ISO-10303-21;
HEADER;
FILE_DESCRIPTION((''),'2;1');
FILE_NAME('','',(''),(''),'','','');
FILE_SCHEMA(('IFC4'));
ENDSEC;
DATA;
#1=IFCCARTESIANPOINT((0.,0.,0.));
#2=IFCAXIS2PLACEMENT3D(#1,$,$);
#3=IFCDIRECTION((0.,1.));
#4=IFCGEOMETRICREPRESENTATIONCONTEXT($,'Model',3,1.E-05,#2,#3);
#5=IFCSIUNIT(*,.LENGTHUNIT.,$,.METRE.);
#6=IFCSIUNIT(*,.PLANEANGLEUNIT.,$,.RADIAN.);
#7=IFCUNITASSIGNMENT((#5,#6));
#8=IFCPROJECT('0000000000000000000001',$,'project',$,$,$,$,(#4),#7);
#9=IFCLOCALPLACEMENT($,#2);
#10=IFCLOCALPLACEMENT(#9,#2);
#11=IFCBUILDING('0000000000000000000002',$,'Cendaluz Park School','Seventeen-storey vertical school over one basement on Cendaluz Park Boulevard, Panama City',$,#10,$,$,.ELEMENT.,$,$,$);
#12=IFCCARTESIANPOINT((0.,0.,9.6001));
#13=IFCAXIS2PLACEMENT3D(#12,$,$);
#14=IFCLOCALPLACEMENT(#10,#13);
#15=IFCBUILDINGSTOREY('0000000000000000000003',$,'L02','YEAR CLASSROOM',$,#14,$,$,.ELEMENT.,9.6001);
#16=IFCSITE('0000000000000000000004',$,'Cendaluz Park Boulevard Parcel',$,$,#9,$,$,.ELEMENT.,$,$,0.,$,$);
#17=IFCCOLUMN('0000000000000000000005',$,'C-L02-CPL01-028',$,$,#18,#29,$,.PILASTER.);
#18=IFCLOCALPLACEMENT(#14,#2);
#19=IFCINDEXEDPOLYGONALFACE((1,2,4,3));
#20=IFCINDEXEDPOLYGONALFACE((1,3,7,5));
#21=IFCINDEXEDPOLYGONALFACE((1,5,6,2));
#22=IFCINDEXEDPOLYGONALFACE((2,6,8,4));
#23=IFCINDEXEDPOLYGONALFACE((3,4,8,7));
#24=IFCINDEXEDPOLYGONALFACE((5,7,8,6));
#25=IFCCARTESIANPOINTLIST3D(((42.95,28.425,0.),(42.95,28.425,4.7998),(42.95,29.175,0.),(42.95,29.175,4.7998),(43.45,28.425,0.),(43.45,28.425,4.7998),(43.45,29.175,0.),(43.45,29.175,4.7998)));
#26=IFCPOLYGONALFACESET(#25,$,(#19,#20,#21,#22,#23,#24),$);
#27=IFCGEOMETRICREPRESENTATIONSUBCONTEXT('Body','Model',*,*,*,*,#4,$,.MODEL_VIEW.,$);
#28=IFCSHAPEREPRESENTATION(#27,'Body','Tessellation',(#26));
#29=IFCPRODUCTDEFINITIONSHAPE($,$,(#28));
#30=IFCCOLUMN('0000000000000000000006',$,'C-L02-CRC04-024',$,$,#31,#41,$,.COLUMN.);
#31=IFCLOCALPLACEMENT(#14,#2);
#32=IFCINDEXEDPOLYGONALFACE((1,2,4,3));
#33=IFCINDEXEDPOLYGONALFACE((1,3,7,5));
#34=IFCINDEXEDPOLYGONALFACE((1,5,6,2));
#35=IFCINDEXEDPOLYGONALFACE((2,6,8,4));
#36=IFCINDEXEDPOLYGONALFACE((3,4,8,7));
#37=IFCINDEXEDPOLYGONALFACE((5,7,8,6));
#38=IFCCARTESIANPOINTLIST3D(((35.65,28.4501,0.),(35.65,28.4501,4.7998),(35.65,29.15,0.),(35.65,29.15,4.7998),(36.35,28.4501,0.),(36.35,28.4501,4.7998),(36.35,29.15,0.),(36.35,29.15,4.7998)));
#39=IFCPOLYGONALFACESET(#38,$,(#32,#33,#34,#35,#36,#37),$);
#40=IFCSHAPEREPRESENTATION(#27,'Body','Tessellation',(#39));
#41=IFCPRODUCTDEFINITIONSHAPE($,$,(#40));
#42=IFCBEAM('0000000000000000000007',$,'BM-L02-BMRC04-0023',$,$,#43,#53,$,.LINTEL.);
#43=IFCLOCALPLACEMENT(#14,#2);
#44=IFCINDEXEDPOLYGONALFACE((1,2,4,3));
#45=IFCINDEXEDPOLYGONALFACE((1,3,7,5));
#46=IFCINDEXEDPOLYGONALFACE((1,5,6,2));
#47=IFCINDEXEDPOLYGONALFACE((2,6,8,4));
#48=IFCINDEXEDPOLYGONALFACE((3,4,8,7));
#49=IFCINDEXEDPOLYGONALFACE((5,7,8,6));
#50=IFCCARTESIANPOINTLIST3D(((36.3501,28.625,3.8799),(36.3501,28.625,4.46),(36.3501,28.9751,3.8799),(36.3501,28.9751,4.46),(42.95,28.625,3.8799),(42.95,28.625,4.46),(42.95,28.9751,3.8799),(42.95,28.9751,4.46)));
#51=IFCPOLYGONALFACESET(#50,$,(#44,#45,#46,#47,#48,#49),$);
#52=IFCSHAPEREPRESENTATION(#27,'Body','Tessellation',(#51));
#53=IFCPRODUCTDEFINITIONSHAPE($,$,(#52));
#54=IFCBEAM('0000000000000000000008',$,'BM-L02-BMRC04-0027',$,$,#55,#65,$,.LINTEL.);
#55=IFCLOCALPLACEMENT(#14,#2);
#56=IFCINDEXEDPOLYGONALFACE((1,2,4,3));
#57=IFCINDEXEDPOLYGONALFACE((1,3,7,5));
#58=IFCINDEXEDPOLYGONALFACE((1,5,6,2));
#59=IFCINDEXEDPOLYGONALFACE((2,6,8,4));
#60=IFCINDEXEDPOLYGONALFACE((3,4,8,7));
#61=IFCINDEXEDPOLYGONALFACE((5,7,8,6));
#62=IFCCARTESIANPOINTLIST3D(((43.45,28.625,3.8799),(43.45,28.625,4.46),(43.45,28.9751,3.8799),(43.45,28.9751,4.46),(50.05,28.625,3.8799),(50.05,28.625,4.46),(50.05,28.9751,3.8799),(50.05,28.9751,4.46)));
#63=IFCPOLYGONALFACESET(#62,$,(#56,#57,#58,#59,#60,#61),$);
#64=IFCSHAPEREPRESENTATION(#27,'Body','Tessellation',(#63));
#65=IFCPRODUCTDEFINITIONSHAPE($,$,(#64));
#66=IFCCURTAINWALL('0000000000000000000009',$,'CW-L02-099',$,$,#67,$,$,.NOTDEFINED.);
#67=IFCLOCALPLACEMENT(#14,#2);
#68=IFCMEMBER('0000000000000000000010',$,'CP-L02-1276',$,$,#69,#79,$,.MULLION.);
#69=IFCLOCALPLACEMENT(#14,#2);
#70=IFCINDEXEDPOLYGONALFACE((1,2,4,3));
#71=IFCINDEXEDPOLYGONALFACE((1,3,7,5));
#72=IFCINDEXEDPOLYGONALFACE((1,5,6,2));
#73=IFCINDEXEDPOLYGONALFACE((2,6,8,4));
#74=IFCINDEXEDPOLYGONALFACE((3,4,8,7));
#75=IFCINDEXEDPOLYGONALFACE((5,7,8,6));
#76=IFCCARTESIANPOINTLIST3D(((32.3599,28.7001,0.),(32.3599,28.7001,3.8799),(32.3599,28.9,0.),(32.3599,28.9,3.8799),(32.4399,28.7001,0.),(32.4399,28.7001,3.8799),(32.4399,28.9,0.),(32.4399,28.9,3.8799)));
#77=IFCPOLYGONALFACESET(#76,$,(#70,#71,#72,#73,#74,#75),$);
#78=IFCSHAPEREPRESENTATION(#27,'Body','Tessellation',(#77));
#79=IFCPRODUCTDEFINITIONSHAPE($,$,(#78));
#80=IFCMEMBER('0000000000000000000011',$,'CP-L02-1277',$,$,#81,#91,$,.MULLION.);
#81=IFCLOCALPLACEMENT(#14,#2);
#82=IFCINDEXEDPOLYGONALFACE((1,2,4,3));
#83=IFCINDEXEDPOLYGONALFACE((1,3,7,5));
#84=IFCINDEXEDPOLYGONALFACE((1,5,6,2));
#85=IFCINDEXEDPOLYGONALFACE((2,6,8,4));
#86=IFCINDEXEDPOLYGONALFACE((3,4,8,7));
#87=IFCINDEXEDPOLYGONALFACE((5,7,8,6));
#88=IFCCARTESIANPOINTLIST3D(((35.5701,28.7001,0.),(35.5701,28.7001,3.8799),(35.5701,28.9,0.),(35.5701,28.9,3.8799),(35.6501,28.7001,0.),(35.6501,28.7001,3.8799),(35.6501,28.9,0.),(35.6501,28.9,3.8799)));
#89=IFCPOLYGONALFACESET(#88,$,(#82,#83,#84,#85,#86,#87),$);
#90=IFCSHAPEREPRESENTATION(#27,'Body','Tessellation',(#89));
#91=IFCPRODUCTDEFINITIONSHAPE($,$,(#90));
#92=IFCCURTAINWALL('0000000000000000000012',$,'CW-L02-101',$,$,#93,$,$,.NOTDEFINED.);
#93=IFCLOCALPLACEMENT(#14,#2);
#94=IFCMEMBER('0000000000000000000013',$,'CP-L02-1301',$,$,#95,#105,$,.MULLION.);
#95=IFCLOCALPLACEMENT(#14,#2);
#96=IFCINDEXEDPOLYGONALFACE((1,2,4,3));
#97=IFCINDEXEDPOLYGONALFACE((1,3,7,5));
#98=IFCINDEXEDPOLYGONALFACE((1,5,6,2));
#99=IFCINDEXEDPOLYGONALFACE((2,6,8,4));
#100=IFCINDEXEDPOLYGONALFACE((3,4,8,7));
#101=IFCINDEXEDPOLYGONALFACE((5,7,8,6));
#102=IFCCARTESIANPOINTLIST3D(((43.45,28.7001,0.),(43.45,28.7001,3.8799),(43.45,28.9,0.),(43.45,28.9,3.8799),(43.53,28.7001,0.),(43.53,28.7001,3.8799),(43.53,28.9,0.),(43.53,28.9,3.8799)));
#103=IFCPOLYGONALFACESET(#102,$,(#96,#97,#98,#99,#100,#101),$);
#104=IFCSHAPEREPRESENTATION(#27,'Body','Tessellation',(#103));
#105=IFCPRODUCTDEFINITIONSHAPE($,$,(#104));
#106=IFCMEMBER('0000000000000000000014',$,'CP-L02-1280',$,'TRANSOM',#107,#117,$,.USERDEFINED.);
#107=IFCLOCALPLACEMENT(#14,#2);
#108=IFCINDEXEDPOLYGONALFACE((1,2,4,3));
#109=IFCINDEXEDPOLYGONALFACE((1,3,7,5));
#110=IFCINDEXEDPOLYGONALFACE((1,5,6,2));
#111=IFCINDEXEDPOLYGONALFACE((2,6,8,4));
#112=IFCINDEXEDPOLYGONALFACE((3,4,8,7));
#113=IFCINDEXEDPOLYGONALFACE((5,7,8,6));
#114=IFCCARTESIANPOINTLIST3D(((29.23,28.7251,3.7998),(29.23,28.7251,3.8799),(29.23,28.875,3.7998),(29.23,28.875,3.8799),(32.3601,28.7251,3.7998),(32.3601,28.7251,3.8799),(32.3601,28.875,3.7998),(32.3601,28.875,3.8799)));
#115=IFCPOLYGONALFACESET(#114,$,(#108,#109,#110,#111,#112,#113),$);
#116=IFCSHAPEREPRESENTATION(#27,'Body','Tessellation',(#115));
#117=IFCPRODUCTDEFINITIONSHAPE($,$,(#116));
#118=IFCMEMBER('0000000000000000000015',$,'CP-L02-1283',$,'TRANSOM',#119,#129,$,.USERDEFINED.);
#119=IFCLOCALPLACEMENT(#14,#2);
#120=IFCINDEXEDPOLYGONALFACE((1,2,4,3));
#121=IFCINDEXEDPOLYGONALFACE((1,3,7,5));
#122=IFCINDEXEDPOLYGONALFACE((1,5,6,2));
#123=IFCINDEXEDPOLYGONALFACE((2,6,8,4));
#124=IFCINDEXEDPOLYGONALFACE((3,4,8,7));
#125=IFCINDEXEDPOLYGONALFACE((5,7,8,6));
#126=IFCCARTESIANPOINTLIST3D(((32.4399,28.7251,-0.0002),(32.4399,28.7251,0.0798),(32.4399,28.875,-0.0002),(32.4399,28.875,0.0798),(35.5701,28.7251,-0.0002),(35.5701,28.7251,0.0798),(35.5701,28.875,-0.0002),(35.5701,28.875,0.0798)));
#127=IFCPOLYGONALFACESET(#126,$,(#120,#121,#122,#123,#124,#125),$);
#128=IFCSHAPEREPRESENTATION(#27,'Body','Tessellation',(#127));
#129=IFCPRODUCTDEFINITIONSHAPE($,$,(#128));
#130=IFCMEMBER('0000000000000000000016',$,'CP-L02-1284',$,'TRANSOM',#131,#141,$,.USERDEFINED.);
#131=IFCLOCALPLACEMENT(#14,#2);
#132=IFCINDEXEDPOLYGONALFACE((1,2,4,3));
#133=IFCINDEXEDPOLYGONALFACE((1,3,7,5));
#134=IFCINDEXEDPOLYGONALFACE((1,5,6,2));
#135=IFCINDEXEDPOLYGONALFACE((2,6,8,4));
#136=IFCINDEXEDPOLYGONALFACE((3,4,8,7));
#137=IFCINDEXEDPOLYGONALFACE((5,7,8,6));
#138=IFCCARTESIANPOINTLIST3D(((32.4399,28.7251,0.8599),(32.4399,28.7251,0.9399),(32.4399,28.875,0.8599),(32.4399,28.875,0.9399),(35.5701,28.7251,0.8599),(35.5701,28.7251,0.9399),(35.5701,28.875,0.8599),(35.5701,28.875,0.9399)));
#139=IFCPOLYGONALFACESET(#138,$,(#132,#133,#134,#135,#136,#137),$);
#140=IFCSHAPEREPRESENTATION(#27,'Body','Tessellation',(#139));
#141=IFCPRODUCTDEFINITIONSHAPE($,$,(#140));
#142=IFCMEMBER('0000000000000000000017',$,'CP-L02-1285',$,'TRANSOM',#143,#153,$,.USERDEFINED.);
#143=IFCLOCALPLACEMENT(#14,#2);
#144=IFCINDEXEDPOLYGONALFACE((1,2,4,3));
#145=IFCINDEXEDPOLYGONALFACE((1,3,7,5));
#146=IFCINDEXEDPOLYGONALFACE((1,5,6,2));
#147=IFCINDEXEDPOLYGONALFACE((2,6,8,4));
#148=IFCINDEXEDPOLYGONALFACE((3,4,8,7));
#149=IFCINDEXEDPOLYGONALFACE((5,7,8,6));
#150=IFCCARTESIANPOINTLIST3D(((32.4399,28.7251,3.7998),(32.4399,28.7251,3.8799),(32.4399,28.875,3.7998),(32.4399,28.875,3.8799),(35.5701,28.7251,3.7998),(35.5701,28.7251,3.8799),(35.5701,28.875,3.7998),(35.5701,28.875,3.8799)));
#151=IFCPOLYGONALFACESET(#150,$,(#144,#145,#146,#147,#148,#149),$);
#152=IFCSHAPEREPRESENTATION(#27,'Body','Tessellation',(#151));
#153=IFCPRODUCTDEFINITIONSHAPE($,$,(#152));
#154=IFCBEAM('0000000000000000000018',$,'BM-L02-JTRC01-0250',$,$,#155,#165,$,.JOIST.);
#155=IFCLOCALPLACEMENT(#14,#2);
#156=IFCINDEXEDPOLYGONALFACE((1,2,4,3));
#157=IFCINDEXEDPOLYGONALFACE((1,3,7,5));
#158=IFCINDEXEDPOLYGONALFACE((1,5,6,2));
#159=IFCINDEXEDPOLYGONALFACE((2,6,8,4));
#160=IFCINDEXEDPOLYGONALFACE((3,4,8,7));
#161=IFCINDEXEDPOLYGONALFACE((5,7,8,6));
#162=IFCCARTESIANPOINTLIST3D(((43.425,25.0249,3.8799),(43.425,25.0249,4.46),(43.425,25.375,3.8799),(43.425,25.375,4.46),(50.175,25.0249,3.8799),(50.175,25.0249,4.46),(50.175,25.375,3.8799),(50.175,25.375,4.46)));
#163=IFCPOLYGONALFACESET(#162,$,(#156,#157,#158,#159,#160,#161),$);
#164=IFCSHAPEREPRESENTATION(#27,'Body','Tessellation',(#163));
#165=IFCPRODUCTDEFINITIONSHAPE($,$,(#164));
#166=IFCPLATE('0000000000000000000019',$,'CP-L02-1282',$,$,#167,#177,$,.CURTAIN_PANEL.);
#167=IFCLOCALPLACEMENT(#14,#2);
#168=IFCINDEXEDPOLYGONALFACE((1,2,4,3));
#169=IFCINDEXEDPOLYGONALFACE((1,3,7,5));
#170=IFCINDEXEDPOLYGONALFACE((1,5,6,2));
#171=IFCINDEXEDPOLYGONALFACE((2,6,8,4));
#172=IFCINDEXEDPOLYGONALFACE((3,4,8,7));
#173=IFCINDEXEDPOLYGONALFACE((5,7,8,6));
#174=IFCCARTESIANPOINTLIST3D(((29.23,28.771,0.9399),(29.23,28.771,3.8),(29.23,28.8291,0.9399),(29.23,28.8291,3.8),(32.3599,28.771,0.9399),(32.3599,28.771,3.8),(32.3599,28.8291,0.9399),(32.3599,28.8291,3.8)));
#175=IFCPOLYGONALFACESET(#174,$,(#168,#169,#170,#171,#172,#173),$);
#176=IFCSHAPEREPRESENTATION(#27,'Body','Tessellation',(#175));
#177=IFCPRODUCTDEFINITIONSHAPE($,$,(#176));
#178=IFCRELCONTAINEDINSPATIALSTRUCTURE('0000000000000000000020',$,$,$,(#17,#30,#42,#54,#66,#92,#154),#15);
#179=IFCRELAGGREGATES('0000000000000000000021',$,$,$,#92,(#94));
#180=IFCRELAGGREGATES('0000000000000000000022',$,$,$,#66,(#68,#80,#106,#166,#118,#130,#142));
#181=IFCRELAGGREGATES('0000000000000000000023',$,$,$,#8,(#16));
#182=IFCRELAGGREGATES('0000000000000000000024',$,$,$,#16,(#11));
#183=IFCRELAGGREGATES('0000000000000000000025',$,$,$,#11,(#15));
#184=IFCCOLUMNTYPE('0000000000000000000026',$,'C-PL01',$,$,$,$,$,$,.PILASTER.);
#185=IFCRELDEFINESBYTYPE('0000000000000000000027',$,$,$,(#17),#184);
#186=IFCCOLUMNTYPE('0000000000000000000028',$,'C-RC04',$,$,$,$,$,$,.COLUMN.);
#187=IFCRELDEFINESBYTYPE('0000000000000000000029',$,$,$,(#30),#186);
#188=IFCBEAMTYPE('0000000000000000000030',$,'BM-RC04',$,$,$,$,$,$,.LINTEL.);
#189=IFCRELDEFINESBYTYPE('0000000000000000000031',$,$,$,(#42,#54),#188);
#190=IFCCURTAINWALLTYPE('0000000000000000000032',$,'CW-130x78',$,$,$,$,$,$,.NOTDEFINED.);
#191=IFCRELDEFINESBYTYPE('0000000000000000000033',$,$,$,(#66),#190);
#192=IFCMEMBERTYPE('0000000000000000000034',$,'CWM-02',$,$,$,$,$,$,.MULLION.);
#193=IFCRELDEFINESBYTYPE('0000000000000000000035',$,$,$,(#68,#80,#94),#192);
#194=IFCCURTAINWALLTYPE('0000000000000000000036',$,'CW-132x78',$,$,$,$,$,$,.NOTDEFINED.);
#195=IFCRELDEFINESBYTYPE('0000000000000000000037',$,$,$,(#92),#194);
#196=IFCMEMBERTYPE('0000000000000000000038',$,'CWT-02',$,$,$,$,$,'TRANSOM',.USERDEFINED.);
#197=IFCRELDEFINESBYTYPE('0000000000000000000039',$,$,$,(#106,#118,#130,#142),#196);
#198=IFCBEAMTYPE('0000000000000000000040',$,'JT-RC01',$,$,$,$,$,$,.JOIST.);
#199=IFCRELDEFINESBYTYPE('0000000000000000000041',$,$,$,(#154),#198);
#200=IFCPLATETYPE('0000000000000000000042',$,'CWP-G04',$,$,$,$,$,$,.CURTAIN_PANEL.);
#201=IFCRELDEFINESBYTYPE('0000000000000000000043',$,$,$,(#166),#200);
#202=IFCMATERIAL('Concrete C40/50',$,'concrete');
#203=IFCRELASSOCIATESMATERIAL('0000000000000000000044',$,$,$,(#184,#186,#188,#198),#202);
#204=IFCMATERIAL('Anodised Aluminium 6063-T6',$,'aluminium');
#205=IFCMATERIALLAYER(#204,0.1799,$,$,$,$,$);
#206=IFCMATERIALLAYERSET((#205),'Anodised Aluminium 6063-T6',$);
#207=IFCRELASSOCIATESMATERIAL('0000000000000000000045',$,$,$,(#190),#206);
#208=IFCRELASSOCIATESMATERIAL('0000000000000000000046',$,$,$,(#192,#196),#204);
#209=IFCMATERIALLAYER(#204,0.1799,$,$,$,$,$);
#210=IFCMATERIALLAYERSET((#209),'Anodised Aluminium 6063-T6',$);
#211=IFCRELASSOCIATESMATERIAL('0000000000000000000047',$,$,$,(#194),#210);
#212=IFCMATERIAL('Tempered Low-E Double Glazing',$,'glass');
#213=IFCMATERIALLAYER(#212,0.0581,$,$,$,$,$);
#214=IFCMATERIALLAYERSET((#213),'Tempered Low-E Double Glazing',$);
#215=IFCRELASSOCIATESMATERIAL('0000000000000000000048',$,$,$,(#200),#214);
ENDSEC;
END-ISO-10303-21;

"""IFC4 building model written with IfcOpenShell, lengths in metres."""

from ifc_helpers import new_model, si_unit, direction, frame, origin, origin_2d, place, context, subcontext, project, spatial, rectangle, extrude, material, layer, layer_set, material_profile, profile_set, type_object, element, aggregate, save


model = new_model("IFC4")

# Units and contexts
model_context = context("Model", 3, precision=1e-05, world=origin(), true_north=direction((0.0, 1.0)))
body_context = subcontext(model_context, "Body", "Model", "MODEL_VIEW")
ifc_project = project(units=[si_unit("LENGTHUNIT", "METRE"), si_unit("PLANEANGLEUNIT", "RADIAN")], contexts=[model_context])

# Site, building, storey
site_placement = place(None, origin())
site = spatial("IfcSite", under=ifc_project, at=site_placement, Name="Cendaluz Park Boulevard Parcel", CompositionType="ELEMENT", RefElevation=0.0)
building_placement = place(site_placement, origin())
building = spatial("IfcBuilding", under=site, at=building_placement, Name="Cendaluz Park School", Description="Seventeen-storey vertical school over one basement on Cendaluz Park Boulevard, Panama City", CompositionType="ELEMENT")
storey_placement = place(building_placement, frame((0.0, 0.0, 9.6001)))
storey = spatial("IfcBuildingStorey", under=building, at=storey_placement, Name="L02", Description="YEAR CLASSROOM", CompositionType="ELEMENT", Elevation=9.6001)

# Columns
ifc_material_1 = material(Name="Concrete C40/50", Category="concrete")
ifc_material_profile_1 = material_profile(ifc_material_1, rectangle(XDim=0.5, YDim=0.75, at=origin_2d()), Name="RC 500x750", Category="concrete")
ifc_profile_set_1 = profile_set([ifc_material_profile_1], Name="Concrete C40/50")
column_type_1 = type_object("IfcColumnType", Name="C-PL01", PredefinedType="PILASTER", material=ifc_profile_set_1)
column_1_placement = place(storey_placement, frame((43.2, 28.8, 0.0), z_axis=(0.0, 0.0, 1.0), x_axis=(1.0, 0.0, 0.0)))
element("IfcColumn", 1, at=column_1_placement, inside=storey, type_object=column_type_1, Name="C-L02-CPL01-028", PredefinedType="PILASTER", context=body_context, shape_type="SweptSolid", body=[
    extrude(rectangle(XDim=0.5, YDim=0.75, at=origin_2d()), origin(), (0.0, 0.0, 1.0), 4.7998),
])
ifc_material_profile_2 = material_profile(ifc_material_1, rectangle(XDim=0.7, YDim=0.7, at=origin_2d()), Name="RC 700x700", Category="concrete")
ifc_profile_set_2 = profile_set([ifc_material_profile_2], Name="Concrete C40/50")
column_type_2 = type_object("IfcColumnType", Name="C-RC04", PredefinedType="COLUMN", material=ifc_profile_set_2)
column_2_placement = place(storey_placement, frame((36.0, 28.8, 0.0), z_axis=(0.0, 0.0, 1.0), x_axis=(1.0, 0.0, 0.0)))
element("IfcColumn", 2, at=column_2_placement, inside=storey, type_object=column_type_2, Name="C-L02-CRC04-024", PredefinedType="COLUMN", context=body_context, shape_type="SweptSolid", body=[
    extrude(rectangle(XDim=0.7, YDim=0.7, at=origin_2d()), origin(), (0.0, 0.0, 1.0), 4.7998),
])

# Beams
ifc_material_profile_3 = material_profile(ifc_material_1, rectangle(XDim=0.3501, YDim=0.5801, at=origin_2d()), Name="RC 350x580", Category="concrete")
ifc_profile_set_3 = profile_set([ifc_material_profile_3], Name="Concrete C40/50")
beam_type_1 = type_object("IfcBeamType", Name="BM-RC04", PredefinedType="LINTEL", material=ifc_profile_set_3)
beam_1_placement = place(storey_placement, frame((36.3501, 28.8, 4.1699), z_axis=(1.0, 0.0, 0.0), x_axis=(0.0, 1.0, 0.0)))
element("IfcBeam", 3, at=beam_1_placement, inside=storey, type_object=beam_type_1, Name="BM-L02-BMRC04-0023", PredefinedType="LINTEL", context=body_context, shape_type="SweptSolid", body=[
    extrude(rectangle(XDim=0.3501, YDim=0.5801, at=origin_2d()), origin(), (0.0, 0.0, 1.0), 6.5999),
])
beam_2_placement = place(storey_placement, frame((43.45, 28.8, 4.1699), z_axis=(1.0, 0.0, 0.0), x_axis=(0.0, 1.0, 0.0)))
element("IfcBeam", 4, at=beam_2_placement, inside=storey, type_object=beam_type_1, Name="BM-L02-BMRC04-0027", PredefinedType="LINTEL", context=body_context, shape_type="SweptSolid", body=[
    extrude(rectangle(XDim=0.3501, YDim=0.5801, at=origin_2d()), origin(), (0.0, 0.0, 1.0), 6.6001),
])

# Curtain wall, members
ifc_material_2 = material(Name="Anodised Aluminium 6063-T6", Category="aluminium")
ifc_layer_1 = layer(ifc_material_2, 0.1799)
ifc_layer_set_1 = layer_set([ifc_layer_1], Name="Anodised Aluminium 6063-T6")
curtain_wall_type_1 = type_object("IfcCurtainWallType", Name="CW-130x78", PredefinedType="NOTDEFINED", material=ifc_layer_set_1)
curtain_wall_1_placement = place(storey_placement, origin())
curtain_wall_1 = element("IfcCurtainWall", 5, at=curtain_wall_1_placement, inside=storey, type_object=curtain_wall_type_1, Name="CW-L02-099", PredefinedType="NOTDEFINED")
ifc_material_profile_4 = material_profile(ifc_material_2, rectangle(XDim=0.2, YDim=0.0801, at=origin_2d()), Name="CWM 200x80", Category="aluminium")
ifc_profile_set_4 = profile_set([ifc_material_profile_4], Name="Anodised Aluminium 6063-T6")
member_type_1 = type_object("IfcMemberType", Name="CWM-02", PredefinedType="MULLION", material=ifc_profile_set_4)
member_1_placement = place(storey_placement, frame((32.3999, 28.8, 0.0), z_axis=(0.0, 0.0, 1.0), x_axis=(0.0, 1.0, 0.0)))
member_1 = element("IfcMember", 6, at=member_1_placement, type_object=member_type_1, Name="CP-L02-1276", PredefinedType="MULLION", context=body_context, shape_type="SweptSolid", body=[
    extrude(rectangle(XDim=0.2, YDim=0.0801, at=origin_2d()), origin(), (0.0, 0.0, 1.0), 3.8799),
])
member_2_placement = place(storey_placement, frame((35.6101, 28.8, 0.0), z_axis=(0.0, 0.0, 1.0), x_axis=(0.0, 1.0, 0.0)))
member_2 = element("IfcMember", 7, at=member_2_placement, type_object=member_type_1, Name="CP-L02-1277", PredefinedType="MULLION", context=body_context, shape_type="SweptSolid", body=[
    extrude(rectangle(XDim=0.2, YDim=0.0801, at=origin_2d()), origin(), (0.0, 0.0, 1.0), 3.8799),
])

# Curtain wall, member
ifc_layer_2 = layer(ifc_material_2, 0.1799)
ifc_layer_set_2 = layer_set([ifc_layer_2], Name="Anodised Aluminium 6063-T6")
curtain_wall_type_2 = type_object("IfcCurtainWallType", Name="CW-132x78", PredefinedType="NOTDEFINED", material=ifc_layer_set_2)
curtain_wall_2_placement = place(storey_placement, origin())
curtain_wall_2 = element("IfcCurtainWall", 8, at=curtain_wall_2_placement, inside=storey, type_object=curtain_wall_type_2, Name="CW-L02-101", PredefinedType="NOTDEFINED")
member_3_placement = place(storey_placement, frame((43.49, 28.8, 0.0), z_axis=(0.0, 0.0, 1.0), x_axis=(0.0, 1.0, 0.0)))
member_3 = element("IfcMember", 9, at=member_3_placement, type_object=member_type_1, Name="CP-L02-1301", PredefinedType="MULLION", context=body_context, shape_type="SweptSolid", body=[
    extrude(rectangle(XDim=0.2, YDim=0.0801, at=origin_2d()), origin(), (0.0, 0.0, 1.0), 3.8799),
])
aggregate(curtain_wall_2, [member_3])

# Members
ifc_material_profile_5 = material_profile(ifc_material_2, rectangle(XDim=0.1499, YDim=0.0801, at=origin_2d()), Name="CWT 150x80", Category="aluminium")
ifc_profile_set_5 = profile_set([ifc_material_profile_5], Name="Anodised Aluminium 6063-T6")
member_type_2 = type_object("IfcMemberType", Name="CWT-02", ElementType="TRANSOM", PredefinedType="USERDEFINED", material=ifc_profile_set_5)
member_4_placement = place(storey_placement, frame((29.23, 28.8, 3.8398), z_axis=(1.0, 0.0, 0.0), x_axis=(0.0, 1.0, 0.0)))
member_4 = element("IfcMember", 10, at=member_4_placement, type_object=member_type_2, Name="CP-L02-1280", ObjectType="TRANSOM", PredefinedType="USERDEFINED", context=body_context, shape_type="SweptSolid", body=[
    extrude(rectangle(XDim=0.1499, YDim=0.0801, at=origin_2d()), origin(), (0.0, 0.0, 1.0), 3.1301),
])
member_5_placement = place(storey_placement, frame((32.4399, 28.8, 0.0398), z_axis=(1.0, 0.0, 0.0), x_axis=(0.0, 1.0, 0.0)))
member_5 = element("IfcMember", 11, at=member_5_placement, type_object=member_type_2, Name="CP-L02-1283", ObjectType="TRANSOM", PredefinedType="USERDEFINED", context=body_context, shape_type="SweptSolid", body=[
    extrude(rectangle(XDim=0.1499, YDim=0.0801, at=origin_2d()), origin(), (0.0, 0.0, 1.0), 3.1301),
])
member_6_placement = place(storey_placement, frame((32.4399, 28.8, 0.8999), z_axis=(1.0, 0.0, 0.0), x_axis=(0.0, 1.0, 0.0)))
member_6 = element("IfcMember", 12, at=member_6_placement, type_object=member_type_2, Name="CP-L02-1284", ObjectType="TRANSOM", PredefinedType="USERDEFINED", context=body_context, shape_type="SweptSolid", body=[
    extrude(rectangle(XDim=0.1499, YDim=0.0801, at=origin_2d()), origin(), (0.0, 0.0, 1.0), 3.1301),
])
member_7_placement = place(storey_placement, frame((32.4399, 28.8, 3.8398), z_axis=(1.0, 0.0, 0.0), x_axis=(0.0, 1.0, 0.0)))
member_7 = element("IfcMember", 13, at=member_7_placement, type_object=member_type_2, Name="CP-L02-1285", ObjectType="TRANSOM", PredefinedType="USERDEFINED", context=body_context, shape_type="SweptSolid", body=[
    extrude(rectangle(XDim=0.1499, YDim=0.0801, at=origin_2d()), origin(), (0.0, 0.0, 1.0), 3.1301),
])

# Beam
ifc_material_profile_6 = material_profile(ifc_material_1, rectangle(XDim=0.3501, YDim=0.5801, at=origin_2d()), Name="RC 350x580", Category="concrete")
ifc_profile_set_6 = profile_set([ifc_material_profile_6], Name="Concrete C40/50")
beam_type_2 = type_object("IfcBeamType", Name="JT-RC01", PredefinedType="JOIST", material=ifc_profile_set_6)
beam_3_placement = place(storey_placement, frame((43.425, 25.2, 4.1699), z_axis=(1.0, 0.0, 0.0), x_axis=(0.0, 1.0, 0.0)))
element("IfcBeam", 14, at=beam_3_placement, inside=storey, type_object=beam_type_2, Name="BM-L02-JTRC01-0250", PredefinedType="JOIST", context=body_context, shape_type="SweptSolid", body=[
    extrude(rectangle(XDim=0.3501, YDim=0.5801, at=origin_2d()), origin(), (0.0, 0.0, 1.0), 6.75),
])

# Plate
ifc_material_3 = material(Name="Tempered Low-E Double Glazing", Category="glass")
ifc_layer_3 = layer(ifc_material_3, 0.0581)
ifc_layer_set_3 = layer_set([ifc_layer_3], Name="Tempered Low-E Double Glazing")
plate_type_1 = type_object("IfcPlateType", Name="CWP-G04", PredefinedType="CURTAIN_PANEL", material=ifc_layer_set_3)
plate_1_placement = place(storey_placement, frame((30.7949, 28.8, 0.9399), z_axis=(0.0, 0.0, 1.0), x_axis=(1.0, 0.0, 0.0)))
plate_1 = element("IfcPlate", 15, at=plate_1_placement, type_object=plate_type_1, Name="CP-L02-1282", PredefinedType="CURTAIN_PANEL", context=body_context, shape_type="SweptSolid", body=[
    extrude(rectangle(XDim=3.1299, YDim=0.0581, at=origin_2d()), origin(), (0.0, 0.0, 1.0), 2.8601),
])
aggregate(curtain_wall_1, [member_1, member_2, member_4, plate_1, member_5, member_6, member_7])

save(model, "model.ifc")
